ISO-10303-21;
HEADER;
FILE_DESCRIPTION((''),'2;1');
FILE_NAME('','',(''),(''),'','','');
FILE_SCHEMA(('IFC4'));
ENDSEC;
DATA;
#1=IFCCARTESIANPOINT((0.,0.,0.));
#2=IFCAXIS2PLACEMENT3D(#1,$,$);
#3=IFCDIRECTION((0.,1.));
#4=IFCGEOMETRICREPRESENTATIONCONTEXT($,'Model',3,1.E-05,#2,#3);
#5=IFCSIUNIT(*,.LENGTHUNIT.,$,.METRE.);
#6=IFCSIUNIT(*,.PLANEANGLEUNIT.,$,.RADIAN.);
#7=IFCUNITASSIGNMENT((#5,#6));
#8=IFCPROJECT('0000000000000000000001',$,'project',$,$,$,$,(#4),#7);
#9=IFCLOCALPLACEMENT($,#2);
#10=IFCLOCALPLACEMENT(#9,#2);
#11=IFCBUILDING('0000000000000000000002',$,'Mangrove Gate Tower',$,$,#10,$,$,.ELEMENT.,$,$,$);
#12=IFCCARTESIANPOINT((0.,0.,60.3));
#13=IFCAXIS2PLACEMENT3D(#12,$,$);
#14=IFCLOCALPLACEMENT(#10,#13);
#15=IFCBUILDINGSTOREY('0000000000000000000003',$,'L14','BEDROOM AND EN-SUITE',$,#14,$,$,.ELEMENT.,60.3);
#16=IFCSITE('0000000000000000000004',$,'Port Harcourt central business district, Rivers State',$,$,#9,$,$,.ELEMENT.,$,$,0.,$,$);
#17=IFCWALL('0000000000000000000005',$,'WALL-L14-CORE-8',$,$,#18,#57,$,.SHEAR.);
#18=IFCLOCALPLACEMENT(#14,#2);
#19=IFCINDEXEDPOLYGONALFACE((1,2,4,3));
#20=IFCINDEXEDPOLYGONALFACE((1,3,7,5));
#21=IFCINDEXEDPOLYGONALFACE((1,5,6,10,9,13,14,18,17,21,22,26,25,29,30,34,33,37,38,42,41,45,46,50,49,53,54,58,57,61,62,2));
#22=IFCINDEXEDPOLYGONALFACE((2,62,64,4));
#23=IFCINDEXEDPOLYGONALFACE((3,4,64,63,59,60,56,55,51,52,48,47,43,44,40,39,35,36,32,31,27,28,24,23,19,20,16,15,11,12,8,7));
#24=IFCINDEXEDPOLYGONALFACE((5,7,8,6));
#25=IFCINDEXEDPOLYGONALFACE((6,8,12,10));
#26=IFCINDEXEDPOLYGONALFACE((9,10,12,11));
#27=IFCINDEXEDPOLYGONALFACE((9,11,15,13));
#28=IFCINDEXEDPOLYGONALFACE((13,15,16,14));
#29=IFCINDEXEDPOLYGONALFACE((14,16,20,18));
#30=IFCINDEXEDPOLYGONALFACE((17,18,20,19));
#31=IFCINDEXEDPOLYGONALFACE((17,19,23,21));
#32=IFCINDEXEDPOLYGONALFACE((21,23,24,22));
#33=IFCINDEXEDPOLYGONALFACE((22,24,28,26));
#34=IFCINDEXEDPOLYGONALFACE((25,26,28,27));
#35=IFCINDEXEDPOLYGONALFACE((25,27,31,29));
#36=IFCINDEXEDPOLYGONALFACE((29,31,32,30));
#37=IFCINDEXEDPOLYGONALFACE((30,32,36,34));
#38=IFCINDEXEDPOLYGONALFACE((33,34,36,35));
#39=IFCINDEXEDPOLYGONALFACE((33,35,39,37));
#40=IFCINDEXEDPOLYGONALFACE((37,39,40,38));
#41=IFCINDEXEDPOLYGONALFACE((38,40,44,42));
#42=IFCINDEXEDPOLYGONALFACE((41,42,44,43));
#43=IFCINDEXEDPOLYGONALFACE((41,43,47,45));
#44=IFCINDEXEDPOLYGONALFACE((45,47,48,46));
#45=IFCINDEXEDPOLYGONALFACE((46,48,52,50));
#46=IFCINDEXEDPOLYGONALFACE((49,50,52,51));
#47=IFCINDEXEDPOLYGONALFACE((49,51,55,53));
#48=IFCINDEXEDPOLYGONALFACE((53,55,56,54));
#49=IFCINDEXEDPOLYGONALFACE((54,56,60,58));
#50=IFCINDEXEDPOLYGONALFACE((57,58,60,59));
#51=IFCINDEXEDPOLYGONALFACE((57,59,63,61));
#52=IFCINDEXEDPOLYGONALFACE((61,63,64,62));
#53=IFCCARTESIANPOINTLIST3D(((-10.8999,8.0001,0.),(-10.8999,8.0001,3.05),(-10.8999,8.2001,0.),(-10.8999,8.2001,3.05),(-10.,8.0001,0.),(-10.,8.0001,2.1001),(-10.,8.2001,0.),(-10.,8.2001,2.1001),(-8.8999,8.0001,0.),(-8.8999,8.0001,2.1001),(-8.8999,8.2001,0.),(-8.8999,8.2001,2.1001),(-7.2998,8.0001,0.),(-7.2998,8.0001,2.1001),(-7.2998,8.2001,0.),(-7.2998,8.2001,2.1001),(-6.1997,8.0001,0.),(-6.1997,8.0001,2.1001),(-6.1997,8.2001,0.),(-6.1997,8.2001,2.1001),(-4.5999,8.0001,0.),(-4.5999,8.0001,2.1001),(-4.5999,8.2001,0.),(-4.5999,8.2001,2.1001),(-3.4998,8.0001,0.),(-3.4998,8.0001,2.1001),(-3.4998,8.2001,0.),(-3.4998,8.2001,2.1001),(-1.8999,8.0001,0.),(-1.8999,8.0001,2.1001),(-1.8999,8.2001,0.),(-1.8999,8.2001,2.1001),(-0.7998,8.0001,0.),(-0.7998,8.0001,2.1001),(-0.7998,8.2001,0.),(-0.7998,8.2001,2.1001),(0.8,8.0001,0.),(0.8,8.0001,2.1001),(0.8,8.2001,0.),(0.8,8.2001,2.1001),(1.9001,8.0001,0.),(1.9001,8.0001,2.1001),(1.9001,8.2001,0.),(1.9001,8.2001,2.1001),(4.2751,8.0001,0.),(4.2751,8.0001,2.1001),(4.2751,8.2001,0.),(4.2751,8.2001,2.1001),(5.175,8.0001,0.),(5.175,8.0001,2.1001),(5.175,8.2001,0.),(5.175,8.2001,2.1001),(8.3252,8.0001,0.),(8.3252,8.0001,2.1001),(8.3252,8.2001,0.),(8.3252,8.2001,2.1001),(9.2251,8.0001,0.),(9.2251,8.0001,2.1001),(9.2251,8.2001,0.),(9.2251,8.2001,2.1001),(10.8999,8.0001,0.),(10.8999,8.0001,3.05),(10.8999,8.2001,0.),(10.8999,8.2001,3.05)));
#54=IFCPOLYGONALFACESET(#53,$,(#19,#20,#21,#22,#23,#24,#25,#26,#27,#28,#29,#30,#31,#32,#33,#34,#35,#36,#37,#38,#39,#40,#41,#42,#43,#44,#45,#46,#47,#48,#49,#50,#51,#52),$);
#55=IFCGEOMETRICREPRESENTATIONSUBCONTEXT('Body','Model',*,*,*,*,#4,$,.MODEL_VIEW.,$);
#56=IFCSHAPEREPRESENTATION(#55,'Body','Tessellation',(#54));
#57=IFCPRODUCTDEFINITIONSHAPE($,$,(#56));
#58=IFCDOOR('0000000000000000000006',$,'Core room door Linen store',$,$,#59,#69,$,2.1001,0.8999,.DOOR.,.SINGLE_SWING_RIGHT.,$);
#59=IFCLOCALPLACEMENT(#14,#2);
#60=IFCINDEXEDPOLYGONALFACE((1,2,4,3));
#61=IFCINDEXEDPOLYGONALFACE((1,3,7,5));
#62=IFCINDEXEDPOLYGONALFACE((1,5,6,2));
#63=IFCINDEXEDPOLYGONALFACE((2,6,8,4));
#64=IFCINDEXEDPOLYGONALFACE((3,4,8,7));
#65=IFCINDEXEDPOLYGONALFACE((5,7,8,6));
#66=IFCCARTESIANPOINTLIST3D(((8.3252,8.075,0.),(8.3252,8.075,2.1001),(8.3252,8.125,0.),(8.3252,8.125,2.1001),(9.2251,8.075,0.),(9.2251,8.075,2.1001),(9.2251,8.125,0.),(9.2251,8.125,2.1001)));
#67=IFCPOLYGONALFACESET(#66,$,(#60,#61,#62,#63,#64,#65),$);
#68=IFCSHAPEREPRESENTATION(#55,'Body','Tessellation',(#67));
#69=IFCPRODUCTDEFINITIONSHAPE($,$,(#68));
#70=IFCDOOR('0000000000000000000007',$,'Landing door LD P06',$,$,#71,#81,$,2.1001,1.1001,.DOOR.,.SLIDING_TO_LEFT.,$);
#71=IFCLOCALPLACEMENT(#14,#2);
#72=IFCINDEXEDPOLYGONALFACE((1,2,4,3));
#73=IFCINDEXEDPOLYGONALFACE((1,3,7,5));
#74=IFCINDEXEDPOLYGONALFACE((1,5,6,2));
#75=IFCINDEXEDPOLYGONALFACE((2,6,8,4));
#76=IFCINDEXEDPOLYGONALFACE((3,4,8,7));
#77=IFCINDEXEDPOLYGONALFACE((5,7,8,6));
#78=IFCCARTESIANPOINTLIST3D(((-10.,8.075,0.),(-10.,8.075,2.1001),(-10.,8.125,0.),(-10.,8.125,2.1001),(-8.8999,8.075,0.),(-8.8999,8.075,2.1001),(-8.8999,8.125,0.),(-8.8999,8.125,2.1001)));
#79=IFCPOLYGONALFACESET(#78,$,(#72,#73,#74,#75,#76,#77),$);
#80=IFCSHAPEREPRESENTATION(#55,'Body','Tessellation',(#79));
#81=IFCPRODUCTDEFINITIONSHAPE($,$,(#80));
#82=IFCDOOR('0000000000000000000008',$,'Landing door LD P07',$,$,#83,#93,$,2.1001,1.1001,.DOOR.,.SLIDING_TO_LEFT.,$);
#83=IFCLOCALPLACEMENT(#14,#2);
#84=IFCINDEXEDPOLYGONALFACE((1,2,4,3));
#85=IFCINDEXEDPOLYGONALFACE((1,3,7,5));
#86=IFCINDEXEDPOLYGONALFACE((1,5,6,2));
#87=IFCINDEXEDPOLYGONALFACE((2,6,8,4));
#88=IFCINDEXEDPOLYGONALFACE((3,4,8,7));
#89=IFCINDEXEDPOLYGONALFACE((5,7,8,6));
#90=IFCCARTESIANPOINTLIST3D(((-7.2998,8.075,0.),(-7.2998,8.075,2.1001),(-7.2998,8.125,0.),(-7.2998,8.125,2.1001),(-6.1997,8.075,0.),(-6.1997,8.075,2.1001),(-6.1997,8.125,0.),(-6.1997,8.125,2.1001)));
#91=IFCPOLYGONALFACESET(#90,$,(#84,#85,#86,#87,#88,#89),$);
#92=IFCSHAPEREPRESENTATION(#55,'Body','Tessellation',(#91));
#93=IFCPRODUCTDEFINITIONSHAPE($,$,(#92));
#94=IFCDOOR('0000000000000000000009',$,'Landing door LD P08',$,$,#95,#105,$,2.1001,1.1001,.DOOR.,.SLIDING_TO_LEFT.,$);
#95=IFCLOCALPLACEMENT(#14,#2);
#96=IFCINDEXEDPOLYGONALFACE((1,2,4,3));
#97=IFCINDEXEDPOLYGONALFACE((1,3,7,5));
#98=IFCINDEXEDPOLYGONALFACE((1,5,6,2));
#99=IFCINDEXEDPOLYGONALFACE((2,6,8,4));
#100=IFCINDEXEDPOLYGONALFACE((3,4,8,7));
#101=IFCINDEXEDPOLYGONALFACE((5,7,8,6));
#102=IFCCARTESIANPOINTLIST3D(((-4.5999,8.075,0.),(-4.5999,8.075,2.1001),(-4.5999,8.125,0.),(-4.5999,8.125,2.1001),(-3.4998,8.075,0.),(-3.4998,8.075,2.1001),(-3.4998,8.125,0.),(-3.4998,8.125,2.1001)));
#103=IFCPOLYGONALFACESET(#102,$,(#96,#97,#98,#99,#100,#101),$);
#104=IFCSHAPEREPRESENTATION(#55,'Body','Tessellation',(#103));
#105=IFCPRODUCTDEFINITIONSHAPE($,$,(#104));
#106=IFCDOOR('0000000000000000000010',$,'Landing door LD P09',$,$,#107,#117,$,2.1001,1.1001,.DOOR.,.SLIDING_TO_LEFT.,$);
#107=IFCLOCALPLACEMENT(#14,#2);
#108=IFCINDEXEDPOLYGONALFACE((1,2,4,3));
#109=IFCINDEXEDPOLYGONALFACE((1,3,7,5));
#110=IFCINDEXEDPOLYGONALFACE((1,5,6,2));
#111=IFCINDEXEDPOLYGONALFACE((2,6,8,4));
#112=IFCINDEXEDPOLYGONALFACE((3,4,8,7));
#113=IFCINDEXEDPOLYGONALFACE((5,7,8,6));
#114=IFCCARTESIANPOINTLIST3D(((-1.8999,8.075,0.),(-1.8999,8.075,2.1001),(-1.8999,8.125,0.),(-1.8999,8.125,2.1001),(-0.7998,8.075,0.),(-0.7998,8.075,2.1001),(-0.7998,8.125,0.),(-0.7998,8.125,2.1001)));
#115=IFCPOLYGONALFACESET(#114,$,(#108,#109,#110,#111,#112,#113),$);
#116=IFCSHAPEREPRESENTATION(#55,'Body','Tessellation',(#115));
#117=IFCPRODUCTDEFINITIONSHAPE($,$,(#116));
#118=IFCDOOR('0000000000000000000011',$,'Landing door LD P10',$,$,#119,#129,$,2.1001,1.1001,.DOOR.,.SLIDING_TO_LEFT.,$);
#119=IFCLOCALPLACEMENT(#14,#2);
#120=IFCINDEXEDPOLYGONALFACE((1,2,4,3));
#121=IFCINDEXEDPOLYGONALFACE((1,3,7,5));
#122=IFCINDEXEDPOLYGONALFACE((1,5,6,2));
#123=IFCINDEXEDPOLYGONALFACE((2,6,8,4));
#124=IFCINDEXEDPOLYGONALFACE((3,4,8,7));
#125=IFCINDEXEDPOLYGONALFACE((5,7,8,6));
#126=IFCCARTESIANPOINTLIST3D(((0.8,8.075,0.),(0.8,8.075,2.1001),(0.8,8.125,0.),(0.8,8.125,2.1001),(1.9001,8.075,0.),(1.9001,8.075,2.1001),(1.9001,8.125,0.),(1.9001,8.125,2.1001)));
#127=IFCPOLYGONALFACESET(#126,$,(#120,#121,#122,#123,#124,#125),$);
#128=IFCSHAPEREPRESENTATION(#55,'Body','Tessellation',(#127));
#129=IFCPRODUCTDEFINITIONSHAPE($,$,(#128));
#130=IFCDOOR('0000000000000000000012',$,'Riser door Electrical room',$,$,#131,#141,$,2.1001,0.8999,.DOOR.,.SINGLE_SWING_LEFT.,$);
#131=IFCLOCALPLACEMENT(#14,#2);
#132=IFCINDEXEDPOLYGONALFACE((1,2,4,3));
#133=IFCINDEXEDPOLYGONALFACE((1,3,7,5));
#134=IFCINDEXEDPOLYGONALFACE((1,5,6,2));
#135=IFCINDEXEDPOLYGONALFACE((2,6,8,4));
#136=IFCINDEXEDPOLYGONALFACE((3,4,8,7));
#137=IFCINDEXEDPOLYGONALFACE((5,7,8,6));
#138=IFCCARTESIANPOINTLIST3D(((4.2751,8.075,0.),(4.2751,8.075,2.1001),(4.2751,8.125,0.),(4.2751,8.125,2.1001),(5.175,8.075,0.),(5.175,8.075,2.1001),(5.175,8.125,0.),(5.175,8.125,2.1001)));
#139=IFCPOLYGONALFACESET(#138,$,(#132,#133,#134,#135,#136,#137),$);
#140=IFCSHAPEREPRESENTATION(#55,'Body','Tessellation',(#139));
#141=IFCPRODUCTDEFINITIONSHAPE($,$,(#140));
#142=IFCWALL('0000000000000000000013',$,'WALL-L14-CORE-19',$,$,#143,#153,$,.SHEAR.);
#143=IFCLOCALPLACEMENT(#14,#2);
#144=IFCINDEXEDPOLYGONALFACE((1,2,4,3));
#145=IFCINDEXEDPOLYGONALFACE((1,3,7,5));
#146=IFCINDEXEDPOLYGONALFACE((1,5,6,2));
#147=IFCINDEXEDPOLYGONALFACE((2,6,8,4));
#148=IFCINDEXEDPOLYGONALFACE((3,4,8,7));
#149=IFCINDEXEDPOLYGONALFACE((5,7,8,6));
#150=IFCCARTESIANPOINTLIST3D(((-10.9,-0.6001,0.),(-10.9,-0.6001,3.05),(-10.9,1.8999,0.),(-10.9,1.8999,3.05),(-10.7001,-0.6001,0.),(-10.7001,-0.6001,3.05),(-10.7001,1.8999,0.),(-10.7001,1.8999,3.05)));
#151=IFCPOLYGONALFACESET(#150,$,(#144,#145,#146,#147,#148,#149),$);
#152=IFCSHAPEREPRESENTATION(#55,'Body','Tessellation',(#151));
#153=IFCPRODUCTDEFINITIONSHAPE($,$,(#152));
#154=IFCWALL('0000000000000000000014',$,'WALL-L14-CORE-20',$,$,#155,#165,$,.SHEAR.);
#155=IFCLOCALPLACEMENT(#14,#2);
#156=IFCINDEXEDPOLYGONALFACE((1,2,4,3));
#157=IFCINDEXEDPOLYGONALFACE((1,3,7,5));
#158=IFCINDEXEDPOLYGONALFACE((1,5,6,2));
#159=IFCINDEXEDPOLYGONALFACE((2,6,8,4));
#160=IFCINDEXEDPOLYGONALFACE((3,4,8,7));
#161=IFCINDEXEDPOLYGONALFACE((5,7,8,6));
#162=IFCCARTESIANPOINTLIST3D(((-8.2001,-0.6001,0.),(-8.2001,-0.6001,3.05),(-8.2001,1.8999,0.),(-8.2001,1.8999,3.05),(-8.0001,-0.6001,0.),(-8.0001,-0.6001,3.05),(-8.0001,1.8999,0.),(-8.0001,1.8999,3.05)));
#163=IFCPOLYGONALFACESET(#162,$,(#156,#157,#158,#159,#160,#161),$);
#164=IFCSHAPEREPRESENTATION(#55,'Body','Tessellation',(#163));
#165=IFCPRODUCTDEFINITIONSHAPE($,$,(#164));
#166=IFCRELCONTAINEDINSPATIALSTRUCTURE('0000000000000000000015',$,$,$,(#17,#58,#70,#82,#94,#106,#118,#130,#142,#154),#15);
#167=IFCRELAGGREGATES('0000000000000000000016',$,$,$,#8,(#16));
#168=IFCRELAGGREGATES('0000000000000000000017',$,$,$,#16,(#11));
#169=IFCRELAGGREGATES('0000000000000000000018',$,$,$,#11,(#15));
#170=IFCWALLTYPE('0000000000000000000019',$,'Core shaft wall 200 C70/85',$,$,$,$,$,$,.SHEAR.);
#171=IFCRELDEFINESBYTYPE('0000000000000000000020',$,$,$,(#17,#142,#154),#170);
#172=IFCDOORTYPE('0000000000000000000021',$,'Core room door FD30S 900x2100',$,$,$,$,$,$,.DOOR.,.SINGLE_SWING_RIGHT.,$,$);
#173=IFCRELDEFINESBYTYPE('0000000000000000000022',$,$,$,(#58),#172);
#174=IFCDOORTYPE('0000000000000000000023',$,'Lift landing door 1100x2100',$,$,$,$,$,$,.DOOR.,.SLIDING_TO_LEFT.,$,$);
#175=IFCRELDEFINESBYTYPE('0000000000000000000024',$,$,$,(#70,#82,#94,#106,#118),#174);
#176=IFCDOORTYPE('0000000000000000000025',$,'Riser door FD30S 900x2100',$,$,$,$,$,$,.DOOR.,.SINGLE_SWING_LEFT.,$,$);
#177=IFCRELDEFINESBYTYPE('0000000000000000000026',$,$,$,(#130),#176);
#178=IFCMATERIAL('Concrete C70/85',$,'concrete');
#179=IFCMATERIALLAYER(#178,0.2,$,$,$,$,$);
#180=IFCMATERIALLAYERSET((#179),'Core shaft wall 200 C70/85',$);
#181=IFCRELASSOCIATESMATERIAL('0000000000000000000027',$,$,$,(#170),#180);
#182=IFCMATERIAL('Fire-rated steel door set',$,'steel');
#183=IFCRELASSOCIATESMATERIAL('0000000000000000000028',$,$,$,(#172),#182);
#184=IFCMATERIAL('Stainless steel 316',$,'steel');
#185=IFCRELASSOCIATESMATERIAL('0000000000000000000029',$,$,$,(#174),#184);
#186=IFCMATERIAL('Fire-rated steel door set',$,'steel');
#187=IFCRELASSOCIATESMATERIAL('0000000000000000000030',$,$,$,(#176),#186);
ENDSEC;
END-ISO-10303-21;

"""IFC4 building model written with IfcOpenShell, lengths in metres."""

from ifc_helpers import new_model, si_unit, direction, frame, frame_2d, origin, place, context, subcontext, project, spatial, rectangle, extrude, material, layer, layer_set, type_object, element, fill, save


model = new_model("IFC4")

# Units and contexts
model_context = context("Model", 3, precision=1e-05, world=origin(), true_north=direction((0.0, 1.0)))
body_context = subcontext(model_context, "Body", "Model", "MODEL_VIEW")
ifc_project = project(units=[si_unit("LENGTHUNIT", "METRE"), si_unit("PLANEANGLEUNIT", "RADIAN")], contexts=[model_context])

# Site, building, storey
site_placement = place(None, origin())
site = spatial("IfcSite", under=ifc_project, at=site_placement, Name="Port Harcourt central business district, Rivers State", CompositionType="ELEMENT", RefElevation=0.0)
building_placement = place(site_placement, origin())
building = spatial("IfcBuilding", under=site, at=building_placement, Name="Mangrove Gate Tower", CompositionType="ELEMENT")
storey_placement = place(building_placement, frame((0.0, 0.0, 60.3)))
storey = spatial("IfcBuildingStorey", under=building, at=storey_placement, Name="L14", Description="BEDROOM AND EN-SUITE", CompositionType="ELEMENT", Elevation=60.3)

# Wall, openings, doors
ifc_material_1 = material(Name="Concrete C70/85", Category="concrete")
ifc_layer_1 = layer(ifc_material_1, 0.2)
ifc_layer_set_1 = layer_set([ifc_layer_1], Name="Core shaft wall 200 C70/85")
wall_type_1 = type_object("IfcWallType", Name="Core shaft wall 200 C70/85", PredefinedType="SHEAR", material=ifc_layer_set_1)
wall_1_placement = place(storey_placement, frame((-10.8999, 8.1001, 0.0), z_axis=(0.0, 0.0, 1.0), x_axis=(1.0, 0.0, 0.0)))
wall_1 = element("IfcWall", 1, at=wall_1_placement, inside=storey, type_object=wall_type_1, Name="WALL-L14-CORE-8", PredefinedType="SHEAR", context=body_context, shape_type="SweptSolid", body=[
    extrude(rectangle(XDim=21.7998, YDim=0.2, at=frame_2d((10.8999, 0.0))), origin(), (0.0, 0.0, 1.0), 3.05),
])
opening_1_placement = place(wall_1_placement, frame((0.8999, 0.0, 0.0)))
opening_1 = element("IfcOpeningElement", 2, at=opening_1_placement, cuts=wall_1, PredefinedType="OPENING", context=body_context, shape_type="SweptSolid", body=[
    extrude(rectangle(XDim=1.1001, YDim=2.1001, at=frame_2d((0.55, 1.05))), frame((0.0, 0.1099, 0.0), z_axis=(0.0, -1.0, 0.0), x_axis=(1.0, 0.0, 0.0)), (0.0, 0.0, 1.0), 0.22),
])
opening_2_placement = place(wall_1_placement, frame((3.6001, 0.0, 0.0)))
opening_2 = element("IfcOpeningElement", 3, at=opening_2_placement, cuts=wall_1, PredefinedType="OPENING", context=body_context, shape_type="SweptSolid", body=[
    extrude(rectangle(XDim=1.1001, YDim=2.1001, at=frame_2d((0.55, 1.05))), frame((0.0, 0.1099, 0.0), z_axis=(0.0, -1.0, 0.0), x_axis=(1.0, 0.0, 0.0)), (0.0, 0.0, 1.0), 0.22),
])
opening_3_placement = place(wall_1_placement, frame((6.3, 0.0, 0.0)))
opening_3 = element("IfcOpeningElement", 4, at=opening_3_placement, cuts=wall_1, PredefinedType="OPENING", context=body_context, shape_type="SweptSolid", body=[
    extrude(rectangle(XDim=1.1001, YDim=2.1001, at=frame_2d((0.55, 1.05))), frame((0.0, 0.1099, 0.0), z_axis=(0.0, -1.0, 0.0), x_axis=(1.0, 0.0, 0.0)), (0.0, 0.0, 1.0), 0.22),
])
opening_4_placement = place(wall_1_placement, frame((9.0, 0.0, 0.0)))
opening_4 = element("IfcOpeningElement", 5, at=opening_4_placement, cuts=wall_1, PredefinedType="OPENING", context=body_context, shape_type="SweptSolid", body=[
    extrude(rectangle(XDim=1.1001, YDim=2.1001, at=frame_2d((0.55, 1.05))), frame((0.0, 0.1099, 0.0), z_axis=(0.0, -1.0, 0.0), x_axis=(1.0, 0.0, 0.0)), (0.0, 0.0, 1.0), 0.22),
])
opening_5_placement = place(wall_1_placement, frame((11.7, 0.0, 0.0)))
opening_5 = element("IfcOpeningElement", 6, at=opening_5_placement, cuts=wall_1, PredefinedType="OPENING", context=body_context, shape_type="SweptSolid", body=[
    extrude(rectangle(XDim=1.1001, YDim=2.1001, at=frame_2d((0.55, 1.05))), frame((0.0, 0.1099, 0.0), z_axis=(0.0, -1.0, 0.0), x_axis=(1.0, 0.0, 0.0)), (0.0, 0.0, 1.0), 0.22),
])
opening_6_placement = place(wall_1_placement, frame((15.175, 0.0, 0.0)))
opening_6 = element("IfcOpeningElement", 7, at=opening_6_placement, cuts=wall_1, PredefinedType="OPENING", context=body_context, shape_type="SweptSolid", body=[
    extrude(rectangle(XDim=0.8999, YDim=2.1001, at=frame_2d((0.45, 1.05))), frame((0.0, 0.1099, 0.0), z_axis=(0.0, -1.0, 0.0), x_axis=(1.0, 0.0, 0.0)), (0.0, 0.0, 1.0), 0.22),
])
opening_7_placement = place(wall_1_placement, frame((19.2251, 0.0, 0.0)))
opening_7 = element("IfcOpeningElement", 8, at=opening_7_placement, cuts=wall_1, PredefinedType="OPENING", context=body_context, shape_type="SweptSolid", body=[
    extrude(rectangle(XDim=0.8999, YDim=2.1001, at=frame_2d((0.45, 1.05))), frame((0.0, 0.1099, 0.0), z_axis=(0.0, -1.0, 0.0), x_axis=(1.0, 0.0, 0.0)), (0.0, 0.0, 1.0), 0.22),
])
ifc_material_2 = material(Name="Fire-rated steel door set", Category="steel")
door_type_1 = type_object("IfcDoorType", Name="Core room door FD30S 900x2100", OperationType="SINGLE_SWING_RIGHT", PredefinedType="DOOR", material=ifc_material_2)
door_1_placement = place(opening_7_placement, origin())
door_1 = element("IfcDoor", 9, at=door_1_placement, inside=storey, type_object=door_type_1, Name="Core room door Linen store", OperationType="SINGLE_SWING_RIGHT", OverallHeight=2.1001, OverallWidth=0.8999, PredefinedType="DOOR", context=body_context, shape_type="SweptSolid", body=[
    extrude(rectangle(XDim=0.8999, YDim=2.1001, at=frame_2d((0.45, 1.05))), frame((0.0, 0.0249, 0.0), z_axis=(0.0, -1.0, 0.0), x_axis=(1.0, 0.0, 0.0)), (0.0, 0.0, 1.0), 0.05),
])
fill(opening_7, door_1)
ifc_material_3 = material(Name="Stainless steel 316", Category="steel")
door_type_2 = type_object("IfcDoorType", Name="Lift landing door 1100x2100", OperationType="SLIDING_TO_LEFT", PredefinedType="DOOR", material=ifc_material_3)
door_2_placement = place(opening_1_placement, origin())
door_2 = element("IfcDoor", 10, at=door_2_placement, inside=storey, type_object=door_type_2, Name="Landing door LD P06", OperationType="SLIDING_TO_LEFT", OverallHeight=2.1001, OverallWidth=1.1001, PredefinedType="DOOR", context=body_context, shape_type="SweptSolid", body=[
    extrude(rectangle(XDim=1.1001, YDim=2.1001, at=frame_2d((0.55, 1.05))), frame((0.0, 0.0249, 0.0), z_axis=(0.0, -1.0, 0.0), x_axis=(1.0, 0.0, 0.0)), (0.0, 0.0, 1.0), 0.05),
])
fill(opening_1, door_2)
door_3_placement = place(opening_2_placement, origin())
door_3 = element("IfcDoor", 11, at=door_3_placement, inside=storey, type_object=door_type_2, Name="Landing door LD P07", OperationType="SLIDING_TO_LEFT", OverallHeight=2.1001, OverallWidth=1.1001, PredefinedType="DOOR", context=body_context, shape_type="SweptSolid", body=[
    extrude(rectangle(XDim=1.1001, YDim=2.1001, at=frame_2d((0.55, 1.05))), frame((0.0, 0.0249, 0.0), z_axis=(0.0, -1.0, 0.0), x_axis=(1.0, 0.0, 0.0)), (0.0, 0.0, 1.0), 0.05),
])
fill(opening_2, door_3)
door_4_placement = place(opening_3_placement, origin())
door_4 = element("IfcDoor", 12, at=door_4_placement, inside=storey, type_object=door_type_2, Name="Landing door LD P08", OperationType="SLIDING_TO_LEFT", OverallHeight=2.1001, OverallWidth=1.1001, PredefinedType="DOOR", context=body_context, shape_type="SweptSolid", body=[
    extrude(rectangle(XDim=1.1001, YDim=2.1001, at=frame_2d((0.55, 1.05))), frame((0.0, 0.0249, 0.0), z_axis=(0.0, -1.0, 0.0), x_axis=(1.0, 0.0, 0.0)), (0.0, 0.0, 1.0), 0.05),
])
fill(opening_3, door_4)
door_5_placement = place(opening_4_placement, origin())
door_5 = element("IfcDoor", 13, at=door_5_placement, inside=storey, type_object=door_type_2, Name="Landing door LD P09", OperationType="SLIDING_TO_LEFT", OverallHeight=2.1001, OverallWidth=1.1001, PredefinedType="DOOR", context=body_context, shape_type="SweptSolid", body=[
    extrude(rectangle(XDim=1.1001, YDim=2.1001, at=frame_2d((0.55, 1.05))), frame((0.0, 0.0249, 0.0), z_axis=(0.0, -1.0, 0.0), x_axis=(1.0, 0.0, 0.0)), (0.0, 0.0, 1.0), 0.05),
])
fill(opening_4, door_5)
door_6_placement = place(opening_5_placement, origin())
door_6 = element("IfcDoor", 14, at=door_6_placement, inside=storey, type_object=door_type_2, Name="Landing door LD P10", OperationType="SLIDING_TO_LEFT", OverallHeight=2.1001, OverallWidth=1.1001, PredefinedType="DOOR", context=body_context, shape_type="SweptSolid", body=[
    extrude(rectangle(XDim=1.1001, YDim=2.1001, at=frame_2d((0.55, 1.05))), frame((0.0, 0.0249, 0.0), z_axis=(0.0, -1.0, 0.0), x_axis=(1.0, 0.0, 0.0)), (0.0, 0.0, 1.0), 0.05),
])
fill(opening_5, door_6)
ifc_material_4 = material(Name="Fire-rated steel door set", Category="steel")
door_type_3 = type_object("IfcDoorType", Name="Riser door FD30S 900x2100", OperationType="SINGLE_SWING_LEFT", PredefinedType="DOOR", material=ifc_material_4)
door_7_placement = place(opening_6_placement, origin())
door_7 = element("IfcDoor", 15, at=door_7_placement, inside=storey, type_object=door_type_3, Name="Riser door Electrical room", OperationType="SINGLE_SWING_LEFT", OverallHeight=2.1001, OverallWidth=0.8999, PredefinedType="DOOR", context=body_context, shape_type="SweptSolid", body=[
    extrude(rectangle(XDim=0.8999, YDim=2.1001, at=frame_2d((0.45, 1.05))), frame((0.0, 0.0249, 0.0), z_axis=(0.0, -1.0, 0.0), x_axis=(1.0, 0.0, 0.0)), (0.0, 0.0, 1.0), 0.05),
])
fill(opening_6, door_7)

# Walls
for number, where, z_axis, x_axis, name in (
    (16, (-10.8, -0.6001, 0.0), (0.0, 0.0, 1.0), (0.0, 1.0, 0.0), "WALL-L14-CORE-19"),
    (17, (-8.1001, -0.6001, 0.0), (0.0, 0.0, 1.0), (0.0, 1.0, 0.0), "WALL-L14-CORE-20"),
):
    element("IfcWall", number, at=place(storey_placement, frame(where, z_axis=z_axis, x_axis=x_axis)), inside=storey, type_object=wall_type_1, Name=name, PredefinedType="SHEAR", context=body_context, shape_type="SweptSolid", body=[
        extrude(rectangle(XDim=2.5, YDim=0.2, at=frame_2d((1.25, 0.0))), origin(), (0.0, 0.0, 1.0), 3.05),
    ])

save(model, "model.ifc")
